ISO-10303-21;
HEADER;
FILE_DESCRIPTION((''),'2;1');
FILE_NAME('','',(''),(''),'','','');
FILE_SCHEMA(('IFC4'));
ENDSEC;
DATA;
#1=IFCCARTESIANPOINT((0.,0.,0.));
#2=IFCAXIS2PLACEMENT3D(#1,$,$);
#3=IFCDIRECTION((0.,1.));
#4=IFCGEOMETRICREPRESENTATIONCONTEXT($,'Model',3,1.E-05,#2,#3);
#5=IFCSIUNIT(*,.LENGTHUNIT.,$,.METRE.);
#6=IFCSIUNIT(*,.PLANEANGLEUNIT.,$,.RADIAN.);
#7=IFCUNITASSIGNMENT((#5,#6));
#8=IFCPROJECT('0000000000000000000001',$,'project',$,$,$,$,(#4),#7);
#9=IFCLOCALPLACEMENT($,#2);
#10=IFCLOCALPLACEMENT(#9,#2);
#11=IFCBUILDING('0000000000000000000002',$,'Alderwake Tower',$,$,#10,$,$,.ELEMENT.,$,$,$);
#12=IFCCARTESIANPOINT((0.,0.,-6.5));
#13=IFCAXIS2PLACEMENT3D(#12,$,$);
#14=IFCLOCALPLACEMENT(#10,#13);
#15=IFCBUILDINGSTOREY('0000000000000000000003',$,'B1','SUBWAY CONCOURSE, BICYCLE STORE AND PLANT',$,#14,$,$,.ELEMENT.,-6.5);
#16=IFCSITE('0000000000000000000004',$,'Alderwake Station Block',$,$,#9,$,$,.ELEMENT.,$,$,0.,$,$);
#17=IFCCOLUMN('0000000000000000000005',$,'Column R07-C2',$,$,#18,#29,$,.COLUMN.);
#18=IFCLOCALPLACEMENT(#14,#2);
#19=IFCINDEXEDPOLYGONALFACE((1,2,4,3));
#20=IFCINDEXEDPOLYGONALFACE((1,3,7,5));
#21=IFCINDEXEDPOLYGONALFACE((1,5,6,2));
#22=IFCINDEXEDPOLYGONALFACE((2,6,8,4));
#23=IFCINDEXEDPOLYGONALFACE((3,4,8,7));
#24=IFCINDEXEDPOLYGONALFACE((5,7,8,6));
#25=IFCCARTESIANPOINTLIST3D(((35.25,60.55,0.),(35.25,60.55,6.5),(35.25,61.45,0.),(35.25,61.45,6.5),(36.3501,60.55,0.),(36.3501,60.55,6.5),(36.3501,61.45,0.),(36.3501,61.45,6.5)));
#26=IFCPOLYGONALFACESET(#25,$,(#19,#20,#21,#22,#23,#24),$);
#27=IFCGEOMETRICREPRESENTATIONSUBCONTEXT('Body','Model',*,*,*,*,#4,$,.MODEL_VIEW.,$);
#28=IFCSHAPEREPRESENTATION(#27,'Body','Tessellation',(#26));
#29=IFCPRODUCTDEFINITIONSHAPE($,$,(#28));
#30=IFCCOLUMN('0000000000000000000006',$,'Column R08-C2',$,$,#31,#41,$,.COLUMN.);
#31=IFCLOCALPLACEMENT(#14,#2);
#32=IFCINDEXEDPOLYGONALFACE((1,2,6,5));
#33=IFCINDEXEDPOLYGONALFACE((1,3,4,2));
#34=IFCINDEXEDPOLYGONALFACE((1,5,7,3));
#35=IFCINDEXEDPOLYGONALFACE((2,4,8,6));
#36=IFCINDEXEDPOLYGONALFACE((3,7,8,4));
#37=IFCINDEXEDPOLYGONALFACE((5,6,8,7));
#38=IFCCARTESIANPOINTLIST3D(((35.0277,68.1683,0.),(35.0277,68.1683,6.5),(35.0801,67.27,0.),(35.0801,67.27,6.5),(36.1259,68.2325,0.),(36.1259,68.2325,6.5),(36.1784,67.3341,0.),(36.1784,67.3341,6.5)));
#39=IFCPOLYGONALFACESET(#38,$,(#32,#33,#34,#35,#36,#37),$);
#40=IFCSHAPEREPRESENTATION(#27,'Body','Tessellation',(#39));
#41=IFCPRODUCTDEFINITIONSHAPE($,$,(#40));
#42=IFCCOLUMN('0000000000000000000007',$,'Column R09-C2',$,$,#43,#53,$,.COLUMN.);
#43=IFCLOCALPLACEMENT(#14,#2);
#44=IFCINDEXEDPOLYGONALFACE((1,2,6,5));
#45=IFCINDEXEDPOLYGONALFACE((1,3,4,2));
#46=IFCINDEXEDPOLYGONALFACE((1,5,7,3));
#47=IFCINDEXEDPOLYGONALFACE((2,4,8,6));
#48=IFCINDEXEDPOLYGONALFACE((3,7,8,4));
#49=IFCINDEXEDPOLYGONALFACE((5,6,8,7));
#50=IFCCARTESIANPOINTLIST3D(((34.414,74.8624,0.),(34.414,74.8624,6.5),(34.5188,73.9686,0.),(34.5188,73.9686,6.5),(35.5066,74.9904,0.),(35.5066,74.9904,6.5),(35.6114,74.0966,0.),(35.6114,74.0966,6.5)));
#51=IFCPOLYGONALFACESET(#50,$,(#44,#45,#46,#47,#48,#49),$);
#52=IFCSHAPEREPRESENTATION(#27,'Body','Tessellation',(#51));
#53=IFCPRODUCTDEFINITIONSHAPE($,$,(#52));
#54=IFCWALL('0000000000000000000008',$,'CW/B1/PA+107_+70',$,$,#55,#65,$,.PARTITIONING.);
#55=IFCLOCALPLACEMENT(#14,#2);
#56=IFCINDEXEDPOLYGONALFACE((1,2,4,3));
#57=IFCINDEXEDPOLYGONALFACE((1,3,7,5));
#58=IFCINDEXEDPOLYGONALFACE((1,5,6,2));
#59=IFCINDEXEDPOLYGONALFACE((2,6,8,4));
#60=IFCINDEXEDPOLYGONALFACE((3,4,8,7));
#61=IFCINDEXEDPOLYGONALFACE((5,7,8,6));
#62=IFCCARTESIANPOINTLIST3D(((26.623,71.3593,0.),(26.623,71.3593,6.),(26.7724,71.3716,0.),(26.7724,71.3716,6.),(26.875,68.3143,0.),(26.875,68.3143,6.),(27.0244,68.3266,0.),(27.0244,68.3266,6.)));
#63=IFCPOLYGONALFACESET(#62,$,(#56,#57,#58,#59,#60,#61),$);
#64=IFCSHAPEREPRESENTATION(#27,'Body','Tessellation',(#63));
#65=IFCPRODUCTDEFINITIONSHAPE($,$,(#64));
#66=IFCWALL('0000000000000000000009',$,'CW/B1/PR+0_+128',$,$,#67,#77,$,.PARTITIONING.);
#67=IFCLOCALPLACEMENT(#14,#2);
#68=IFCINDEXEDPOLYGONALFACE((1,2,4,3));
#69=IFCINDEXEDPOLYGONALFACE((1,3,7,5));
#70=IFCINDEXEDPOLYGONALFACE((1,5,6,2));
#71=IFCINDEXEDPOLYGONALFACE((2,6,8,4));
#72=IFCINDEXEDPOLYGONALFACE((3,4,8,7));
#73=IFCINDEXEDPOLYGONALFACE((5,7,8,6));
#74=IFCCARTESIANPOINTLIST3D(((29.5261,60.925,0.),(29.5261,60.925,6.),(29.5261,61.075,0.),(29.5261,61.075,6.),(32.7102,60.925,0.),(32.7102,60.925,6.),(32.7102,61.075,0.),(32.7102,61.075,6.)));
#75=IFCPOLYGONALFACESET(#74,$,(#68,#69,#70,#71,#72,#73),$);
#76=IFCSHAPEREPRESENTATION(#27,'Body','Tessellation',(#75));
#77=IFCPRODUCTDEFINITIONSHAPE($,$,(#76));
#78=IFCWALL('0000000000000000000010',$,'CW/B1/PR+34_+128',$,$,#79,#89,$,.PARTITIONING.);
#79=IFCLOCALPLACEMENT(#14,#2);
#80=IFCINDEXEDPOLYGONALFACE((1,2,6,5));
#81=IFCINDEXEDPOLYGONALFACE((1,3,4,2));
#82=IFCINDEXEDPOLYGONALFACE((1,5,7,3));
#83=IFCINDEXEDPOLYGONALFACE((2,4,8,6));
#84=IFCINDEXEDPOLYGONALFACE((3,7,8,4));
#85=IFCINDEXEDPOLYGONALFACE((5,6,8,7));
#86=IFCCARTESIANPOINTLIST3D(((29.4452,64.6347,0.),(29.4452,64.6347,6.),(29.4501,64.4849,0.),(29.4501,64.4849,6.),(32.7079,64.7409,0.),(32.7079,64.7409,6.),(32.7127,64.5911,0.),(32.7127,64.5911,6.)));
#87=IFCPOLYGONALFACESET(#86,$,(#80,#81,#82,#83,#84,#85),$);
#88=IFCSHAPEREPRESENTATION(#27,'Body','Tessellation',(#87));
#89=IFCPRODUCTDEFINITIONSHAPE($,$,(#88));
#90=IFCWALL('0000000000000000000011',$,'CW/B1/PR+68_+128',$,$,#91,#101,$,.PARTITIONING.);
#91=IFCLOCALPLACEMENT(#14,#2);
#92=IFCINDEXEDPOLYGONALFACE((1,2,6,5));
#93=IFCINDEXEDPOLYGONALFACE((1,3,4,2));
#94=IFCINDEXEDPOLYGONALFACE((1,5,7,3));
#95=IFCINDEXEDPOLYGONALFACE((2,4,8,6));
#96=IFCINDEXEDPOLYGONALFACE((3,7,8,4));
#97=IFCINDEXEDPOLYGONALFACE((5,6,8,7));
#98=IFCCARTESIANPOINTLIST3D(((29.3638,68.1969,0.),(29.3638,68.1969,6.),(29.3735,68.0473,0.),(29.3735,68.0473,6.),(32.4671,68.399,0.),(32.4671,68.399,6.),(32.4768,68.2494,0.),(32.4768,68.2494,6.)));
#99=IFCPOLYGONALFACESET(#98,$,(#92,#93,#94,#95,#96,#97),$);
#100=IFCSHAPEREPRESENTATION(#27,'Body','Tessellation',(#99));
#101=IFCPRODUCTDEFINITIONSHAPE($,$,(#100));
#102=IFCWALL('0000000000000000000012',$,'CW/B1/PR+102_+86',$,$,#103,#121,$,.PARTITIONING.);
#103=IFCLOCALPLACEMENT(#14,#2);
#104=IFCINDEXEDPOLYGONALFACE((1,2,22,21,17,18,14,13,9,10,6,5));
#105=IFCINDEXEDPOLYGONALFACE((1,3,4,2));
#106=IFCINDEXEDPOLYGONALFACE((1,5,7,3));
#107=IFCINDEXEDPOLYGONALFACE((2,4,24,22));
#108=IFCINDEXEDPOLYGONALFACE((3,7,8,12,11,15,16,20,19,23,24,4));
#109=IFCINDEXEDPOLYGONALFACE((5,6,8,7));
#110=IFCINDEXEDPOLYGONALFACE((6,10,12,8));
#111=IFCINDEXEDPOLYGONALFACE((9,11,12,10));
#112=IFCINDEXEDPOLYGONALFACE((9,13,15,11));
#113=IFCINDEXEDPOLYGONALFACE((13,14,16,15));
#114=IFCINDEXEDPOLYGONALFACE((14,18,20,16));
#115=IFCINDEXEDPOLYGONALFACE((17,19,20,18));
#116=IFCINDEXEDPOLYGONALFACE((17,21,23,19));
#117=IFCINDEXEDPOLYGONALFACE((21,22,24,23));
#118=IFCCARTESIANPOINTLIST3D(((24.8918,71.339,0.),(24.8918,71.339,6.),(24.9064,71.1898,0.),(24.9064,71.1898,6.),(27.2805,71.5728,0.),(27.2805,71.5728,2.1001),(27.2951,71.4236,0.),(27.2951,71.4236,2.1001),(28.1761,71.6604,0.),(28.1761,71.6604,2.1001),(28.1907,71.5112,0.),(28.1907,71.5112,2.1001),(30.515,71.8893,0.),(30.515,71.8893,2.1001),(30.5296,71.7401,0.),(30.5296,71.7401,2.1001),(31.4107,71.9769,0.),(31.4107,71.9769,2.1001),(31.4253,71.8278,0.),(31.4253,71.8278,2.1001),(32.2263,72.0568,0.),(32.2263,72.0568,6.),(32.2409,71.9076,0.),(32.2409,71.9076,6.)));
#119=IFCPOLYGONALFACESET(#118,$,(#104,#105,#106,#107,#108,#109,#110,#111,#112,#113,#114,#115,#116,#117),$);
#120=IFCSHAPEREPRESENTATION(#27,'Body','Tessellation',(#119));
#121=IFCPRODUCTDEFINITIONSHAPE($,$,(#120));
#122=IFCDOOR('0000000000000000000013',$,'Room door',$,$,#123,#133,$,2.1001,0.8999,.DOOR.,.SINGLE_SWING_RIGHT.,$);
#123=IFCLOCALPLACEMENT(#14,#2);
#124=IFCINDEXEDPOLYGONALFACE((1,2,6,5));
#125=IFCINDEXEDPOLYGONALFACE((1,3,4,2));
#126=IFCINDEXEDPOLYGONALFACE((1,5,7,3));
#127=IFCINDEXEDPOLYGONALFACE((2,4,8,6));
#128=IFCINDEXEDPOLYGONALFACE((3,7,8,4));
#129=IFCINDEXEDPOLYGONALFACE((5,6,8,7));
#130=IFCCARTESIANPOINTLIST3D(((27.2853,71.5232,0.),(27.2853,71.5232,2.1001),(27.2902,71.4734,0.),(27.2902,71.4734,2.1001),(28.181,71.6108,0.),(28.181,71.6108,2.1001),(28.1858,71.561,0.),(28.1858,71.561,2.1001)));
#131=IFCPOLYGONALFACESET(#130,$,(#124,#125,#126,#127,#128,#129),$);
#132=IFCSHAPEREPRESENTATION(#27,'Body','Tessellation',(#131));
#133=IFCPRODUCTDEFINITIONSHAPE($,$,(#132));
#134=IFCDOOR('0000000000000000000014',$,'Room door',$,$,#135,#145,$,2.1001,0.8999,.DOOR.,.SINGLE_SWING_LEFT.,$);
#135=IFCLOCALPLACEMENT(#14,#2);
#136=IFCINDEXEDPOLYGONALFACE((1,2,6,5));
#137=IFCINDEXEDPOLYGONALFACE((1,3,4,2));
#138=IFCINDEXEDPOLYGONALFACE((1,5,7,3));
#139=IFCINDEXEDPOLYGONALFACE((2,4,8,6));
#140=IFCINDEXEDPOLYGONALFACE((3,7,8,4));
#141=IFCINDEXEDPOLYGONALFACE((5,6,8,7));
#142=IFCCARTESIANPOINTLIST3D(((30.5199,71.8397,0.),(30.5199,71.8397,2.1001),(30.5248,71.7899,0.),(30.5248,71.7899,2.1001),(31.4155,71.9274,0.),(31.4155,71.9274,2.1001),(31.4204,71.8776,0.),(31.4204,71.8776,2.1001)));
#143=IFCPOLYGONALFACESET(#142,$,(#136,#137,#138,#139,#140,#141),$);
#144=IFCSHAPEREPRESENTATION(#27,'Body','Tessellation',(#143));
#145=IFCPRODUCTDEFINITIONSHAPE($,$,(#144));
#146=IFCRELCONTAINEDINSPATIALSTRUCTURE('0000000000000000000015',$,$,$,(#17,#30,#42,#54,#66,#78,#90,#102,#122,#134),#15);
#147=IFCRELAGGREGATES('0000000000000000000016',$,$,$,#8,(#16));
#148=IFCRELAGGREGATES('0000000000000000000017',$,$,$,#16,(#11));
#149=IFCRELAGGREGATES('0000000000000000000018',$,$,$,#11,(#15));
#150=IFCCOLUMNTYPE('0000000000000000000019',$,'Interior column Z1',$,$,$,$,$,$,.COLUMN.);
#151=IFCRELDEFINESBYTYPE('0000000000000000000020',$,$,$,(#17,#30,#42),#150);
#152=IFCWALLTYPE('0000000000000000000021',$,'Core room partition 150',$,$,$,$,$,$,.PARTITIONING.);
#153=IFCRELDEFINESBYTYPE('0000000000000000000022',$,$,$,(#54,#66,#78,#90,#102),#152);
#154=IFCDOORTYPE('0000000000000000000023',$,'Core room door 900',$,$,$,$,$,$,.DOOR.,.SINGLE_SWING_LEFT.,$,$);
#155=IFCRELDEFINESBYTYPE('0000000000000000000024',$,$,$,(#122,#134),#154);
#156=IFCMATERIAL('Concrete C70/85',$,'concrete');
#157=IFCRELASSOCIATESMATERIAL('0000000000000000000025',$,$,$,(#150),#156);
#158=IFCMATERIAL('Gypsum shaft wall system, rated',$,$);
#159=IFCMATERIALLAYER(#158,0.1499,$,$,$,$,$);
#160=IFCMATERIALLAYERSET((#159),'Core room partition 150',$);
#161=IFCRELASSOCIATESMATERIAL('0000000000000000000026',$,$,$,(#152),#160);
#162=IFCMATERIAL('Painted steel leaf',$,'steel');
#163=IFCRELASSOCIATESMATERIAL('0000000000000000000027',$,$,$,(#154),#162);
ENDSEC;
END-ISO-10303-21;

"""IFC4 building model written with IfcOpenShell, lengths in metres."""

from ifc_helpers import new_model, si_unit, direction, frame, frame_2d, origin, origin_2d, place, context, subcontext, project, spatial, rectangle, extrude, material, layer, layer_set, material_profile, profile_set, type_object, element, fill, save


model = new_model("IFC4")

# Units and contexts
model_context = context("Model", 3, precision=1e-05, world=origin(), true_north=direction((0.0, 1.0)))
body_context = subcontext(model_context, "Body", "Model", "MODEL_VIEW")
ifc_project = project(units=[si_unit("LENGTHUNIT", "METRE"), si_unit("PLANEANGLEUNIT", "RADIAN")], contexts=[model_context])

# Site, building, storey
site_placement = place(None, origin())
site = spatial("IfcSite", under=ifc_project, at=site_placement, Name="Alderwake Station Block", CompositionType="ELEMENT", RefElevation=0.0)
building_placement = place(site_placement, origin())
building = spatial("IfcBuilding", under=site, at=building_placement, Name="Alderwake Tower", CompositionType="ELEMENT")
storey_placement = place(building_placement, frame((0.0, 0.0, -6.5)))
storey = spatial("IfcBuildingStorey", under=building, at=storey_placement, Name="B1", Description="SUBWAY CONCOURSE, BICYCLE STORE AND PLANT", CompositionType="ELEMENT", Elevation=-6.5)

# Columns
ifc_material_1 = material(Name="Concrete C70/85", Category="concrete")
ifc_material_profile = material_profile(ifc_material_1, rectangle(XDim=0.8999, YDim=1.1001, at=origin_2d()), Name="RC 1100X900")
ifc_profile_set = profile_set([ifc_material_profile], Name="Concrete C70/85")
column_type = type_object("IfcColumnType", Name="Interior column Z1", PredefinedType="COLUMN", material=ifc_profile_set)
for number, where, z_axis, x_axis, name in (
    (1, (35.8, 61.0, 0.0), (0.0, 0.0, 1.0), (0.0, 1.0, 0.0), "Column R07-C2"),
    (2, (35.603, 67.7512, 0.0), (0.0, 0.0, 1.0), (-0.058301, 0.998299, 0.0), "Column R08-C2"),
    (3, (35.0127, 74.4795, 0.0), (0.0, 0.0, 1.0), (-0.116402, 0.993202, 0.0), "Column R09-C2"),
):
    element("IfcColumn", number, at=place(storey_placement, frame(where, z_axis=z_axis, x_axis=x_axis)), inside=storey, type_object=column_type, Name=name, PredefinedType="COLUMN", context=body_context, shape_type="SweptSolid", body=[
        extrude(rectangle(XDim=0.8999, YDim=1.1001, at=origin_2d()), origin(), (0.0, 0.0, 1.0), 6.5),
    ])

# Walls
ifc_material_2 = material(Name="Gypsum shaft wall system, rated")
ifc_layer_1 = layer(ifc_material_2, 0.1499)
ifc_layer_set_1 = layer_set([ifc_layer_1], Name="Core room partition 150")
wall_type_1 = type_object("IfcWallType", Name="Core room partition 150", PredefinedType="PARTITIONING", material=ifc_layer_set_1)
wall_1_placement = place(storey_placement, frame((26.9497, 68.3203, 0.0), z_axis=(0.0, 0.0, 1.0), x_axis=(-0.082464, 0.996594, 0.0)))
element("IfcWall", 4, at=wall_1_placement, inside=storey, type_object=wall_type_1, Name="CW/B1/PA+107_+70", PredefinedType="PARTITIONING", context=body_context, shape_type="SweptSolid", body=[
    extrude(rectangle(XDim=3.0554, YDim=0.1499, at=frame_2d((1.5278, 0.0))), origin(), (0.0, 0.0, 1.0), 6.0),
])
wall_2_placement = place(storey_placement, frame((29.5261, 61.0, 0.0), z_axis=(0.0, 0.0, 1.0), x_axis=(1.0, 0.0, 0.0)))
element("IfcWall", 5, at=wall_2_placement, inside=storey, type_object=wall_type_1, Name="CW/B1/PR+0_+128", PredefinedType="PARTITIONING", context=body_context, shape_type="SweptSolid", body=[
    extrude(rectangle(XDim=3.1841, YDim=0.1499, at=frame_2d((1.592, 0.0))), origin(), (0.0, 0.0, 1.0), 6.0),
])
wall_3_placement = place(storey_placement, frame((29.4475, 64.5598, 0.0), z_axis=(0.0, 0.0, 1.0), x_axis=(0.999471, 0.032533, 0.0)))
element("IfcWall", 6, at=wall_3_placement, inside=storey, type_object=wall_type_1, Name="CW/B1/PR+34_+128", PredefinedType="PARTITIONING", context=body_context, shape_type="SweptSolid", body=[
    extrude(rectangle(XDim=3.2644, YDim=0.1499, at=frame_2d((1.6323, 0.0))), origin(), (0.0, 0.0, 1.0), 6.0),
])
wall_4_placement = place(storey_placement, frame((29.3687, 68.1221, 0.0), z_axis=(0.0, 0.0, 1.0), x_axis=(0.997885, 0.065003, 0.0)))
element("IfcWall", 7, at=wall_4_placement, inside=storey, type_object=wall_type_1, Name="CW/B1/PR+68_+128", PredefinedType="PARTITIONING", context=body_context, shape_type="SweptSolid", body=[
    extrude(rectangle(XDim=3.1099, YDim=0.1499, at=frame_2d((1.5549, 0.0))), origin(), (0.0, 0.0, 1.0), 6.0),
])

# Wall, openings, doors
wall_5_placement = place(storey_placement, frame((32.2336, 71.9822, 0.0), z_axis=(0.0, 0.0, 1.0), x_axis=(-0.995246, -0.097398, 0.0)))
wall_5 = element("IfcWall", 8, at=wall_5_placement, inside=storey, type_object=wall_type_1, Name="CW/B1/PR+102_+86", PredefinedType="PARTITIONING", context=body_context, shape_type="SweptSolid", body=[
    extrude(rectangle(XDim=7.3696, YDim=0.1499, at=frame_2d((3.6848, 0.0))), origin(), (0.0, 0.0, 1.0), 6.0),
])
opening_1_placement = place(wall_5_placement, frame((4.0696, 0.0, 0.0)))
opening_1 = element("IfcOpeningElement", 9, at=opening_1_placement, cuts=wall_5, PredefinedType="OPENING", context=body_context, shape_type="SweptSolid", body=[
    extrude(rectangle(XDim=0.8999, YDim=2.1001, at=frame_2d((0.45, 1.05))), frame((0.0, 0.085, 0.0), z_axis=(0.0, -1.0, 0.0), x_axis=(1.0, 0.0, 0.0)), (0.0, 0.0, 1.0), 0.1699),
])
opening_2_placement = place(wall_5_placement, frame((0.8196, 0.0, 0.0)))
opening_2 = element("IfcOpeningElement", 10, at=opening_2_placement, cuts=wall_5, PredefinedType="OPENING", context=body_context, shape_type="SweptSolid", body=[
    extrude(rectangle(XDim=0.8999, YDim=2.1001, at=frame_2d((0.45, 1.05))), frame((0.0, 0.085, 0.0), z_axis=(0.0, -1.0, 0.0), x_axis=(1.0, 0.0, 0.0)), (0.0, 0.0, 1.0), 0.1699),
])
ifc_material_3 = material(Name="Painted steel leaf", Category="steel")
door_type_1 = type_object("IfcDoorType", Name="Core room door 900", OperationType="SINGLE_SWING_LEFT", PredefinedType="DOOR", material=ifc_material_3)
door_1_placement = place(opening_1_placement, origin())
door_1 = element("IfcDoor", 11, at=door_1_placement, inside=storey, type_object=door_type_1, Name="Room door", OperationType="SINGLE_SWING_RIGHT", OverallHeight=2.1001, OverallWidth=0.8999, PredefinedType="DOOR", context=body_context, shape_type="SweptSolid", body=[
    extrude(rectangle(XDim=0.8999, YDim=2.1001, at=frame_2d((0.45, 1.05))), frame((0.0, 0.0249, 0.0), z_axis=(0.0, -1.0, 0.0), x_axis=(1.0, 0.0, 0.0)), (0.0, 0.0, 1.0), 0.05),
])
fill(opening_1, door_1)
door_2_placement = place(opening_2_placement, origin())
door_2 = element("IfcDoor", 12, at=door_2_placement, inside=storey, type_object=door_type_1, Name="Room door", OperationType="SINGLE_SWING_LEFT", OverallHeight=2.1001, OverallWidth=0.8999, PredefinedType="DOOR", context=body_context, shape_type="SweptSolid", body=[
    extrude(rectangle(XDim=0.8999, YDim=2.1001, at=frame_2d((0.45, 1.05))), frame((0.0, 0.0249, 0.0), z_axis=(0.0, -1.0, 0.0), x_axis=(1.0, 0.0, 0.0)), (0.0, 0.0, 1.0), 0.05),
])
fill(opening_2, door_2)

save(model, "model.ifc")
